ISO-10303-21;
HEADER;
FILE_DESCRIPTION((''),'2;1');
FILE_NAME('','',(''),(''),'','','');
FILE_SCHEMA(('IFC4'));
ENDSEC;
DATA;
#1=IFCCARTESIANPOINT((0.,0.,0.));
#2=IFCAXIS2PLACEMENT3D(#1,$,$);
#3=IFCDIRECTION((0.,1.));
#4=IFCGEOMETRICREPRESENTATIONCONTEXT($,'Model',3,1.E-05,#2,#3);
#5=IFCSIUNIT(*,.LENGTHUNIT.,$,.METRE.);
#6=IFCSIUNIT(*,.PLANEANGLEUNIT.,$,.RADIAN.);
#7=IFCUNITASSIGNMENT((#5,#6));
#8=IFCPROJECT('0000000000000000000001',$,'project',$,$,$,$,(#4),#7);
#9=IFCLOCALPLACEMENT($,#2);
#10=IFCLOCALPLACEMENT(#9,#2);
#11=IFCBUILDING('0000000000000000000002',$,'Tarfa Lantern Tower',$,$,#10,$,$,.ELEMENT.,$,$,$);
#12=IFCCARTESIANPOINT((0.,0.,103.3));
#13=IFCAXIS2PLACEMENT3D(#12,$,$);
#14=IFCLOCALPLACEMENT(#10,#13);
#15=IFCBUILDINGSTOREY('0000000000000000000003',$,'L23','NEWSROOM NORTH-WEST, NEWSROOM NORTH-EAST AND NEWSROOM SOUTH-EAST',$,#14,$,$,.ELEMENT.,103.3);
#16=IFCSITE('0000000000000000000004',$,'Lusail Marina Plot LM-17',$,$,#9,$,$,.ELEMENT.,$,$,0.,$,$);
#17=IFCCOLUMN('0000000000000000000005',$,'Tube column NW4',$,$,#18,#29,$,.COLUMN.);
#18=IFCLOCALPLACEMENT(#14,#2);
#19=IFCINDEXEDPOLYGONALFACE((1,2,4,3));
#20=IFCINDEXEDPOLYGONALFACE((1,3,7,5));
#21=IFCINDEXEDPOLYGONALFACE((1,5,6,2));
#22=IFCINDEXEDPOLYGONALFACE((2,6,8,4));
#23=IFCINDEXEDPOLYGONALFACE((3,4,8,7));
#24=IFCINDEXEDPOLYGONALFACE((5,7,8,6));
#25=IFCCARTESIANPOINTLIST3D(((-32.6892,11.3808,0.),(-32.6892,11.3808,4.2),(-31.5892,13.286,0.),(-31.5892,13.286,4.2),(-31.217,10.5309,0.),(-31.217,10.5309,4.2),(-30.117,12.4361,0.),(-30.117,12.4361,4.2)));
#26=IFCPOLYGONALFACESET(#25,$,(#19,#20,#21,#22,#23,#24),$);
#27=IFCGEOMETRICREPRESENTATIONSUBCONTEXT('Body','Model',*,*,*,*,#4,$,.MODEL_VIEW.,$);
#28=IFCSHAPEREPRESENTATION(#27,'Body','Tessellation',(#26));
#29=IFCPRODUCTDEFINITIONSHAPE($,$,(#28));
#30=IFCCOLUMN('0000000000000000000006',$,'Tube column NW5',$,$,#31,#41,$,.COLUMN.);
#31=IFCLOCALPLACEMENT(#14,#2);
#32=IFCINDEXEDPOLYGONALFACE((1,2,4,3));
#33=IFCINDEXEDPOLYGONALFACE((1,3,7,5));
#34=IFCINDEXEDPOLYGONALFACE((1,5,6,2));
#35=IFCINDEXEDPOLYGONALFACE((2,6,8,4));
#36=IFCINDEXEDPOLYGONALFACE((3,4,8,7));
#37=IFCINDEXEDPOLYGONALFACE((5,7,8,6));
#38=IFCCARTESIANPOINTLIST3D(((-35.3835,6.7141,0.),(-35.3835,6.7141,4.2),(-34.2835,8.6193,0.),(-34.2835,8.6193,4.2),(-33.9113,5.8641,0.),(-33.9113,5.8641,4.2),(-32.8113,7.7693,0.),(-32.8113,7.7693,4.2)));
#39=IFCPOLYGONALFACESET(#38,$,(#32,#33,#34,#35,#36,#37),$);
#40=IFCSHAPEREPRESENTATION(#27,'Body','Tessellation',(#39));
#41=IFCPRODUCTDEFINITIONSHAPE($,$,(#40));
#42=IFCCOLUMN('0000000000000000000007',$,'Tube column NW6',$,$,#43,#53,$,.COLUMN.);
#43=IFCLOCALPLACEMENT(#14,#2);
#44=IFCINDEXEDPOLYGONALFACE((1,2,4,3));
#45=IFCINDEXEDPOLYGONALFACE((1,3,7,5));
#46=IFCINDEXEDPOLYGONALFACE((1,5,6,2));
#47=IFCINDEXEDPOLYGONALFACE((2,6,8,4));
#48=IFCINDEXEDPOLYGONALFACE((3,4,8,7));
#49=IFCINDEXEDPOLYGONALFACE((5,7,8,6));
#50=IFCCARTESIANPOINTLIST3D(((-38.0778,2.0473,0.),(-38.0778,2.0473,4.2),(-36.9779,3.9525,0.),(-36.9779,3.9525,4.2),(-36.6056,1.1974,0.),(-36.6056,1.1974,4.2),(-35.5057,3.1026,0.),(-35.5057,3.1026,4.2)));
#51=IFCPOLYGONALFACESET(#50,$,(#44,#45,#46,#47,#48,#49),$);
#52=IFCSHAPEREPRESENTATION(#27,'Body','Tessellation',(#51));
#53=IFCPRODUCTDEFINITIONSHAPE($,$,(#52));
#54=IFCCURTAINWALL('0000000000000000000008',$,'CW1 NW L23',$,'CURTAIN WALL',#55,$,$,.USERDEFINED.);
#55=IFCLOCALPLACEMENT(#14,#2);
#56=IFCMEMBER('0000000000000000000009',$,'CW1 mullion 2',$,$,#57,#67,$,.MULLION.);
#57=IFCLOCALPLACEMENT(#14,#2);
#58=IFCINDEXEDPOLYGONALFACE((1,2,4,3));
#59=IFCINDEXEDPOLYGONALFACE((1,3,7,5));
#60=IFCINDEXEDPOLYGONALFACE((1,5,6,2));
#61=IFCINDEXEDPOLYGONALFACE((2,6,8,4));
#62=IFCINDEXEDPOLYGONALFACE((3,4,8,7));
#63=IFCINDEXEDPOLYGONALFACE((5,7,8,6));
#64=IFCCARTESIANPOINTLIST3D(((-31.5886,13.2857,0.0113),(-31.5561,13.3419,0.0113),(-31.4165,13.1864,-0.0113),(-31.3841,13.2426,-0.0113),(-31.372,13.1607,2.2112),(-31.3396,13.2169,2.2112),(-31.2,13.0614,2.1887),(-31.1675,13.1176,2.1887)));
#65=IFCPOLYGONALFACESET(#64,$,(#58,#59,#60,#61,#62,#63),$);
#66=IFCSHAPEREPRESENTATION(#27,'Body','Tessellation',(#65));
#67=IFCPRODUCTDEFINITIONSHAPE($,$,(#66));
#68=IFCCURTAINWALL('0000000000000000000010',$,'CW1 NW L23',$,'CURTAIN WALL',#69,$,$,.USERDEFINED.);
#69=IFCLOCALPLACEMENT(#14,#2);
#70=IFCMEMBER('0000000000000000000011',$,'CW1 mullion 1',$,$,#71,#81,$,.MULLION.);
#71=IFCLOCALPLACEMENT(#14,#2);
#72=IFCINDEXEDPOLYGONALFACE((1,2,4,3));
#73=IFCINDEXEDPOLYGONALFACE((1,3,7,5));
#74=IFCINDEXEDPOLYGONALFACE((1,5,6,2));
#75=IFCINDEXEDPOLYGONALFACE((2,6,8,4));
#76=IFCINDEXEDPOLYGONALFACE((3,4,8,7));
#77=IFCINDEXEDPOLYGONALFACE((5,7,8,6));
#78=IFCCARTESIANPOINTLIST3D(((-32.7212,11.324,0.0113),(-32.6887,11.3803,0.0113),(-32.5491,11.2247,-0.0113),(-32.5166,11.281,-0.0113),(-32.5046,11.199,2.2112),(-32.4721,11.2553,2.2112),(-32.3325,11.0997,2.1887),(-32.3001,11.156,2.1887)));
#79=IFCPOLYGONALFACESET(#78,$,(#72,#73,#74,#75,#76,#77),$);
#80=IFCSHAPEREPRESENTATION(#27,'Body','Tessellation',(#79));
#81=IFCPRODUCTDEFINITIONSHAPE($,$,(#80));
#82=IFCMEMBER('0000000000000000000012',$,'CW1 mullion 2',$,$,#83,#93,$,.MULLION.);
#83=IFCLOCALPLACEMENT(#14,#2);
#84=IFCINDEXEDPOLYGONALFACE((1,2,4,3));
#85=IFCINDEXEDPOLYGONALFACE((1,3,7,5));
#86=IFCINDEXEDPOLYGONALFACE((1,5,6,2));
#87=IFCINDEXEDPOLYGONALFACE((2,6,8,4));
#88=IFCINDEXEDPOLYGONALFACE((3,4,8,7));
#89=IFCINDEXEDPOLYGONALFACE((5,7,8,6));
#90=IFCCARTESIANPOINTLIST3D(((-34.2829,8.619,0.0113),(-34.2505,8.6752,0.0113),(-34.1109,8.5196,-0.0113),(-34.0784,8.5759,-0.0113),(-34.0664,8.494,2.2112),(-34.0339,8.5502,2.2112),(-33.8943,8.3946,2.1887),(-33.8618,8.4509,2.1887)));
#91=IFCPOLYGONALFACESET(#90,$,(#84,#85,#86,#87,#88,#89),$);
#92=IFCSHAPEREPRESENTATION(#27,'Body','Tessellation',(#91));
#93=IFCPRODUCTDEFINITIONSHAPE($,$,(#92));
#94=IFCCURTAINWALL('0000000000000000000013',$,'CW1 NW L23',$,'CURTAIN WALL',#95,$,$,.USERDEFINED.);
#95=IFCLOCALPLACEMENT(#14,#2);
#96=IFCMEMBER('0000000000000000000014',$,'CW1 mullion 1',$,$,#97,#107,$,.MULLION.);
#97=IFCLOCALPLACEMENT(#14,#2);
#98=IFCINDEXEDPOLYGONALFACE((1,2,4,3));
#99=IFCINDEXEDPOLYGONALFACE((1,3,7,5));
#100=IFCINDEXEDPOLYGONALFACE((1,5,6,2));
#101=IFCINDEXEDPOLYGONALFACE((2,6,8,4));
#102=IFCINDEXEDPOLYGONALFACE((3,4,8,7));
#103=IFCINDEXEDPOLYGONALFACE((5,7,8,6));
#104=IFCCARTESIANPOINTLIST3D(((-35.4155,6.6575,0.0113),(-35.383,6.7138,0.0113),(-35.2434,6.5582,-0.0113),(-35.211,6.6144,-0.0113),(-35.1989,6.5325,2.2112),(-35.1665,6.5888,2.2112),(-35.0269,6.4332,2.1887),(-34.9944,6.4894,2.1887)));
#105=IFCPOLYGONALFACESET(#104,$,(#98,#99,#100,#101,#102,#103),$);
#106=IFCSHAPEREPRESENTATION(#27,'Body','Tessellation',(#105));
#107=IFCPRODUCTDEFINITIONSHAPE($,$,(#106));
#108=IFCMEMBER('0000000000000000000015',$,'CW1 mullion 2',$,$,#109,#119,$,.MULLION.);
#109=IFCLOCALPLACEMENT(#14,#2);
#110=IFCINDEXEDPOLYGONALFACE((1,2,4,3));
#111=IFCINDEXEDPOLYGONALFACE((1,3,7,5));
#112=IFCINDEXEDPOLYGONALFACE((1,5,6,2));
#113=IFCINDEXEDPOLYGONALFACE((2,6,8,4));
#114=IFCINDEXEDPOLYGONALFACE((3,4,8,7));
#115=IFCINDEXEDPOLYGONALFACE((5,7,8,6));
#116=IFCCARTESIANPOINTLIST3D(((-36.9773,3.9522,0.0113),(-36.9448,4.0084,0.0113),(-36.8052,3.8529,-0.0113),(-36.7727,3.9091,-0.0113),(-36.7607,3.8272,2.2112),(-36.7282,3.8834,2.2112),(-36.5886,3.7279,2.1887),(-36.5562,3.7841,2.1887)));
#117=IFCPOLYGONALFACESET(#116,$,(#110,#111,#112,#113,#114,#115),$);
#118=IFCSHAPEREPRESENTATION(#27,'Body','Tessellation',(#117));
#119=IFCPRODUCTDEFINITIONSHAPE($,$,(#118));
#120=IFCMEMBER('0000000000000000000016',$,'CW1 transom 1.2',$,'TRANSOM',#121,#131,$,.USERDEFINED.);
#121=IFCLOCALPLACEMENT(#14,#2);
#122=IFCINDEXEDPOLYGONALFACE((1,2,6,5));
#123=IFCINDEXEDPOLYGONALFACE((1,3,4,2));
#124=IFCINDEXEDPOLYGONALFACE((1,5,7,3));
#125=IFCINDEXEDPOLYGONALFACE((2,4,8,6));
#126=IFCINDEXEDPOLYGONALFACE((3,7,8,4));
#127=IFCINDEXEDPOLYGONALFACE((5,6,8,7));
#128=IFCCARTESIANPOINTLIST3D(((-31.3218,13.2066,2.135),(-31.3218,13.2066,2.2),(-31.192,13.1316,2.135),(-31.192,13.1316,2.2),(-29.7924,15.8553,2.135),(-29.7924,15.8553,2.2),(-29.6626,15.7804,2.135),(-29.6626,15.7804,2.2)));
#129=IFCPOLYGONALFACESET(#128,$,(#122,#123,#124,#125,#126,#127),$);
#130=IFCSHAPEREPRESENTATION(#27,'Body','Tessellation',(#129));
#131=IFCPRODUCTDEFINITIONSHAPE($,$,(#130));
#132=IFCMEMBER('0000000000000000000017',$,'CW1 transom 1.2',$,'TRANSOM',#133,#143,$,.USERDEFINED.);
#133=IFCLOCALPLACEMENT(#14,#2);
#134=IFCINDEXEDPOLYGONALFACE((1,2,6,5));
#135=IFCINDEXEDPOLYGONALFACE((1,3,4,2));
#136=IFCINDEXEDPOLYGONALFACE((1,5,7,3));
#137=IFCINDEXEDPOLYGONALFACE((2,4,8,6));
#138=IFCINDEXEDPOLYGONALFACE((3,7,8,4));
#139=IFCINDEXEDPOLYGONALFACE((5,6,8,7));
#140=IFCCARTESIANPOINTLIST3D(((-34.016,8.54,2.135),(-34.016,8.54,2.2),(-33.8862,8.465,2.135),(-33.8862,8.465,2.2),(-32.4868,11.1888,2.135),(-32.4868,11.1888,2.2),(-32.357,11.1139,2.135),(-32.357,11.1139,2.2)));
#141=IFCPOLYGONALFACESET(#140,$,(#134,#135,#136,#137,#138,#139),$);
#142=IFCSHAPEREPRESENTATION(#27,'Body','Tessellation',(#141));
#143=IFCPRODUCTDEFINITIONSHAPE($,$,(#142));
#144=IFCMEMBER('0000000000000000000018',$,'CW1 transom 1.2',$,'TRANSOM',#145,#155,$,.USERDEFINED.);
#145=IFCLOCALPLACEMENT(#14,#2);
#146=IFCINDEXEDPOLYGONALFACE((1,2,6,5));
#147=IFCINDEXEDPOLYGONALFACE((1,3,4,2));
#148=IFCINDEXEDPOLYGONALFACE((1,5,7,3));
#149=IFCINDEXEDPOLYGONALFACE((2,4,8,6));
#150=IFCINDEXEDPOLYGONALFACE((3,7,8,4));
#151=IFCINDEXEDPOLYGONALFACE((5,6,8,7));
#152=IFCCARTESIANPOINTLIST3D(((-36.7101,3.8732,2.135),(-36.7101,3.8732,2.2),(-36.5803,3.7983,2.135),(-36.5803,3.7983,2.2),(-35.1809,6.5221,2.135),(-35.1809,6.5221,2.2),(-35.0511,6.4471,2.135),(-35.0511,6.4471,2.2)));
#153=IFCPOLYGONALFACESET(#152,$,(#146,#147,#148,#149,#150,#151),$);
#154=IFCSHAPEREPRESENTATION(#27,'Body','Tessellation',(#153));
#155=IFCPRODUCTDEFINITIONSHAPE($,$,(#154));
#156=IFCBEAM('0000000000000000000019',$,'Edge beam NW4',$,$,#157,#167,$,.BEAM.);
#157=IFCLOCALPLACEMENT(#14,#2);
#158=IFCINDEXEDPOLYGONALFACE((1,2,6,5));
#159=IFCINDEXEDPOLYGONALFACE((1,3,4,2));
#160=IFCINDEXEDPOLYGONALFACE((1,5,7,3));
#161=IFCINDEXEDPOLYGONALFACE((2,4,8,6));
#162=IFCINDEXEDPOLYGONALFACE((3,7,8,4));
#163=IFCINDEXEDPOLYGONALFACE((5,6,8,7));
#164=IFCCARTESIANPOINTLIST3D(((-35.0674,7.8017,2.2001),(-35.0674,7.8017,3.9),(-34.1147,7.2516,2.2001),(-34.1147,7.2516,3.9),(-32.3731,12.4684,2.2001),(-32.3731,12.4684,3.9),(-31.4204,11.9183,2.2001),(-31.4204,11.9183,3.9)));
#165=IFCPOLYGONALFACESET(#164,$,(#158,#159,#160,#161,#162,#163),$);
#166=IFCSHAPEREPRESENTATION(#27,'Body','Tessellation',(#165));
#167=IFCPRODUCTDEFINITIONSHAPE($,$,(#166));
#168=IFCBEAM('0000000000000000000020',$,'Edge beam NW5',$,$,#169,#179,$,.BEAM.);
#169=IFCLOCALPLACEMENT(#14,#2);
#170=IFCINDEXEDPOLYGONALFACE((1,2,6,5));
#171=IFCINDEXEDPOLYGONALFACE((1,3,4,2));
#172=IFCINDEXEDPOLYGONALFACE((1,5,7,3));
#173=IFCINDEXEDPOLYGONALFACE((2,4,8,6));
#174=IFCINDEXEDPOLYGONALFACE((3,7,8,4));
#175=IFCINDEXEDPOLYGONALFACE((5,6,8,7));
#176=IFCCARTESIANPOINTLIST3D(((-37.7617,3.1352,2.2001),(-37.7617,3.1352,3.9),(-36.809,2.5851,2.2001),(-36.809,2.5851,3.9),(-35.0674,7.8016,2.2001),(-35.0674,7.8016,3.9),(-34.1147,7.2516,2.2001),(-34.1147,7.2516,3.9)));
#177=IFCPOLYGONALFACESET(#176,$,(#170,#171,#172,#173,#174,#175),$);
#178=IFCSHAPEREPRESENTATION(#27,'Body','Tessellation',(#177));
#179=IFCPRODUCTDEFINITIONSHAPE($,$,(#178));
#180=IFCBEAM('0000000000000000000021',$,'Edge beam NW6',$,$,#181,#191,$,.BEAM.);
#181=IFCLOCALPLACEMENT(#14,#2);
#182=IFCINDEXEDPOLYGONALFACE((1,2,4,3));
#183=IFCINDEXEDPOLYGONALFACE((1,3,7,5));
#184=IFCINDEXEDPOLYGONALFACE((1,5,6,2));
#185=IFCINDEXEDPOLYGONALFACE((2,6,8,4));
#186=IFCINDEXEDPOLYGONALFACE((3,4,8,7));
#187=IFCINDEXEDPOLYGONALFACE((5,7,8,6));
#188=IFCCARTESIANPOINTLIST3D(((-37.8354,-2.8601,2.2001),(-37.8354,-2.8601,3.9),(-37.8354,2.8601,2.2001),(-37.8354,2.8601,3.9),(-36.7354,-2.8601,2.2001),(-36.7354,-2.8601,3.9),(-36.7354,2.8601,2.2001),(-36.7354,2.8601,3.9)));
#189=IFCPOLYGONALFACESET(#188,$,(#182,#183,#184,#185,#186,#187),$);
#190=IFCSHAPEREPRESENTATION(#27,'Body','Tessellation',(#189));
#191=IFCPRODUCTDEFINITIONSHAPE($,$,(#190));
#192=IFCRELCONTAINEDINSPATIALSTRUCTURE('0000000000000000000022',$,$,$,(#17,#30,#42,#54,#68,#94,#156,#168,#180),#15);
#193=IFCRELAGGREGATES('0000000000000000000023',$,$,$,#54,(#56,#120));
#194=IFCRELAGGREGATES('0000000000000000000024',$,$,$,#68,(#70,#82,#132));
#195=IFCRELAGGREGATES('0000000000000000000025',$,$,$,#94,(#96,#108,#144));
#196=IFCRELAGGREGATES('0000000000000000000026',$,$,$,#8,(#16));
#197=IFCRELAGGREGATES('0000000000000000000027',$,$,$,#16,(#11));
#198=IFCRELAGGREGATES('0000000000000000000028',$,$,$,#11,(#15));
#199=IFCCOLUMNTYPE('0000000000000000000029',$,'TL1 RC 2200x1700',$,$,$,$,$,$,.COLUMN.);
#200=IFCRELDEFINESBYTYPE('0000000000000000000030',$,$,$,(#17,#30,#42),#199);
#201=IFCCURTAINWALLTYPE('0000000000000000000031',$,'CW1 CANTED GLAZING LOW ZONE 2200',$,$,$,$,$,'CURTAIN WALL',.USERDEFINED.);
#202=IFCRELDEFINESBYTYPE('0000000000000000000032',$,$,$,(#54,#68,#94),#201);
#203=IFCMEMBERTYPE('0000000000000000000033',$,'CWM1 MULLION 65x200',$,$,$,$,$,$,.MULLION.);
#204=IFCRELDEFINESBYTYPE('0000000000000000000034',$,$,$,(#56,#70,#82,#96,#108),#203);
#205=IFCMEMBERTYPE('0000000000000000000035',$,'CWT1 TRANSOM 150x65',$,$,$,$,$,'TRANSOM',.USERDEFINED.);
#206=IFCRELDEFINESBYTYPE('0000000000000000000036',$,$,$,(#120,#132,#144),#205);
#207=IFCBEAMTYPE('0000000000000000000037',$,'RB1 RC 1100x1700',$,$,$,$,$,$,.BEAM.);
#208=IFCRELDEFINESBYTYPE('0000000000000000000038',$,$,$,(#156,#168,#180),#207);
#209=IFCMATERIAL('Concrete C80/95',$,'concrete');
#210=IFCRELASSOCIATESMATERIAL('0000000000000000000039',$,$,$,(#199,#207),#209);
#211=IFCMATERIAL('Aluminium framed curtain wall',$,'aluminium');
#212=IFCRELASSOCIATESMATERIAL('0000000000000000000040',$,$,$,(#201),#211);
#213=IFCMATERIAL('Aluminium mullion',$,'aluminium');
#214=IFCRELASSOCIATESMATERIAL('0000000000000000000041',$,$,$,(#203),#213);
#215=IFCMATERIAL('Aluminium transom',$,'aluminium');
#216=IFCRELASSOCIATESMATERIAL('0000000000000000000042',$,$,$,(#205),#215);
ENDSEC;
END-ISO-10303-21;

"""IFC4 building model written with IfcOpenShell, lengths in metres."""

from ifc_helpers import new_model, si_unit, direction, frame, origin, origin_2d, place, context, subcontext, project, spatial, rectangle, extrude, material, material_profile, profile_set, type_object, element, aggregate, save


model = new_model("IFC4")

# Units and contexts
model_context = context("Model", 3, precision=1e-05, world=origin(), true_north=direction((0.0, 1.0)))
body_context = subcontext(model_context, "Body", "Model", "MODEL_VIEW")
ifc_project = project(units=[si_unit("LENGTHUNIT", "METRE"), si_unit("PLANEANGLEUNIT", "RADIAN")], contexts=[model_context])

# Site, building, storey
site_placement = place(None, origin())
site = spatial("IfcSite", under=ifc_project, at=site_placement, Name="Lusail Marina Plot LM-17", CompositionType="ELEMENT", RefElevation=0.0)
building_placement = place(site_placement, origin())
building = spatial("IfcBuilding", under=site, at=building_placement, Name="Tarfa Lantern Tower", CompositionType="ELEMENT")
storey_placement = place(building_placement, frame((0.0, 0.0, 103.3)))
storey = spatial("IfcBuildingStorey", under=building, at=storey_placement, Name="L23", Description="NEWSROOM NORTH-WEST, NEWSROOM NORTH-EAST AND NEWSROOM SOUTH-EAST", CompositionType="ELEMENT", Elevation=103.3)

# Columns
ifc_material_1 = material(Name="Concrete C80/95", Category="concrete")
ifc_material_profile_1 = material_profile(ifc_material_1, rectangle(XDim=2.2, YDim=1.7, at=origin_2d()), Name="RC 2200x1700")
ifc_profile_set_1 = profile_set([ifc_material_profile_1], Name="Concrete C80/95")
column_type = type_object("IfcColumnType", Name="TL1 RC 2200x1700", PredefinedType="COLUMN", material=ifc_profile_set_1)
for number, where, z_axis, x_axis, name in (
    (1, (-31.4031, 11.9084, 0.0), (0.0, 0.0, 1.0), (-0.5, -0.866025, 0.0), "Tube column NW4"),
    (2, (-34.0974, 7.2417, 0.0), (0.0, 0.0, 1.0), (-0.5, -0.866025, 0.0), "Tube column NW5"),
    (3, (-36.7917, 2.575, 0.0), (0.0, 0.0, 1.0), (-0.5, -0.866025, 0.0), "Tube column NW6"),
):
    element("IfcColumn", number, at=place(storey_placement, frame(where, z_axis=z_axis, x_axis=x_axis)), inside=storey, type_object=column_type, Name=name, PredefinedType="COLUMN", context=body_context, shape_type="SweptSolid", body=[
        extrude(rectangle(XDim=2.2, YDim=1.7, at=origin_2d()), origin(), (0.0, 0.0, 1.0), 4.2),
    ])

# Curtain wall, member
ifc_material_2 = material(Name="Aluminium framed curtain wall", Category="aluminium")
curtain_wall_type = type_object("IfcCurtainWallType", Name="CW1 CANTED GLAZING LOW ZONE 2200", ElementType="CURTAIN WALL", PredefinedType="USERDEFINED", material=ifc_material_2)
curtain_wall_1_placement = place(storey_placement, origin())
curtain_wall_1 = element("IfcCurtainWall", 4, at=curtain_wall_1_placement, inside=storey, type_object=curtain_wall_type, Name="CW1 NW L23", ObjectType="CURTAIN WALL", PredefinedType="USERDEFINED")
ifc_material_3 = material(Name="Aluminium mullion", Category="aluminium")
ifc_material_profile_2 = material_profile(ifc_material_3, rectangle(XDim=0.0649, YDim=0.2, at=origin_2d()), Name="AL MULLION 65x200")
ifc_profile_set_2 = profile_set([ifc_material_profile_2], Name="Aluminium mullion")
member_type_1 = type_object("IfcMemberType", Name="CWM1 MULLION 65x200", PredefinedType="MULLION", material=ifc_profile_set_2)
member_1_placement = place(storey_placement, frame((-31.4863, 13.2642, 0.0), z_axis=(0.097806, -0.056456, 0.993603), x_axis=(0.49992, 0.866072, 0.0)))
member_1 = element("IfcMember", 5, at=member_1_placement, type_object=member_type_1, Name="CW1 mullion 2", PredefinedType="MULLION", context=body_context, shape_type="SweptSolid", body=[
    extrude(rectangle(XDim=0.0649, YDim=0.2, at=origin_2d()), origin(), (0.0, 0.0, 1.0), 2.2141),
])

# Curtain walls, members
curtain_wall_2_placement = place(storey_placement, origin())
curtain_wall_2 = element("IfcCurtainWall", 6, at=curtain_wall_2_placement, inside=storey, type_object=curtain_wall_type, Name="CW1 NW L23", ObjectType="CURTAIN WALL", PredefinedType="USERDEFINED")
member_2_placement = place(storey_placement, frame((-32.6189, 11.3025, 0.0), z_axis=(0.097806, -0.056456, 0.993603), x_axis=(0.49992, 0.866072, 0.0)))
member_2 = element("IfcMember", 7, at=member_2_placement, type_object=member_type_1, Name="CW1 mullion 1", PredefinedType="MULLION", context=body_context, shape_type="SweptSolid", body=[
    extrude(rectangle(XDim=0.0649, YDim=0.2, at=origin_2d()), origin(), (0.0, 0.0, 1.0), 2.2141),
])
member_3_placement = place(storey_placement, frame((-34.1807, 8.5974, 0.0), z_axis=(0.097806, -0.056456, 0.993603), x_axis=(0.49992, 0.866072, 0.0)))
member_3 = element("IfcMember", 8, at=member_3_placement, type_object=member_type_1, Name="CW1 mullion 2", PredefinedType="MULLION", context=body_context, shape_type="SweptSolid", body=[
    extrude(rectangle(XDim=0.0649, YDim=0.2, at=origin_2d()), origin(), (0.0, 0.0, 1.0), 2.2141),
])
curtain_wall_3_placement = place(storey_placement, origin())
curtain_wall_3 = element("IfcCurtainWall", 9, at=curtain_wall_3_placement, inside=storey, type_object=curtain_wall_type, Name="CW1 NW L23", ObjectType="CURTAIN WALL", PredefinedType="USERDEFINED")
member_4_placement = place(storey_placement, frame((-35.3132, 6.636, 0.0), z_axis=(0.097806, -0.056456, 0.993603), x_axis=(0.49992, 0.866072, 0.0)))
member_4 = element("IfcMember", 10, at=member_4_placement, type_object=member_type_1, Name="CW1 mullion 1", PredefinedType="MULLION", context=body_context, shape_type="SweptSolid", body=[
    extrude(rectangle(XDim=0.0649, YDim=0.2, at=origin_2d()), origin(), (0.0, 0.0, 1.0), 2.2141),
])
member_5_placement = place(storey_placement, frame((-36.875, 3.9307, 0.0), z_axis=(0.097806, -0.056456, 0.993603), x_axis=(0.49992, 0.866072, 0.0)))
member_5 = element("IfcMember", 11, at=member_5_placement, type_object=member_type_1, Name="CW1 mullion 2", PredefinedType="MULLION", context=body_context, shape_type="SweptSolid", body=[
    extrude(rectangle(XDim=0.0649, YDim=0.2, at=origin_2d()), origin(), (0.0, 0.0, 1.0), 2.2141),
])

# Members
ifc_material_4 = material(Name="Aluminium transom", Category="aluminium")
ifc_material_profile_3 = material_profile(ifc_material_4, rectangle(XDim=0.1499, YDim=0.0649, at=origin_2d()), Name="AL TRANSOM 150x65")
ifc_profile_set_3 = profile_set([ifc_material_profile_3], Name="Aluminium transom")
member_type_2 = type_object("IfcMemberType", Name="CWT1 TRANSOM 150x65", ElementType="TRANSOM", PredefinedType="USERDEFINED", material=ifc_profile_set_3)
member_6_placement = place(storey_placement, frame((-29.7275, 15.8179, 2.1675), z_axis=(-0.50002, -0.866014, 0.0), x_axis=(0.866014, -0.50002, 0.0)))
member_6 = element("IfcMember", 12, at=member_6_placement, type_object=member_type_2, Name="CW1 transom 1.2", ObjectType="TRANSOM", PredefinedType="USERDEFINED", context=body_context, shape_type="SweptSolid", body=[
    extrude(rectangle(XDim=0.1499, YDim=0.0649, at=origin_2d()), origin(), (0.0, 0.0, 1.0), 3.0586),
])
member_7_placement = place(storey_placement, frame((-32.4219, 11.1514, 2.1675), z_axis=(-0.499985, -0.866034, 0.0), x_axis=(0.866034, -0.499985, 0.0)))
member_7 = element("IfcMember", 13, at=member_7_placement, type_object=member_type_2, Name="CW1 transom 1.2", ObjectType="TRANSOM", PredefinedType="USERDEFINED", context=body_context, shape_type="SweptSolid", body=[
    extrude(rectangle(XDim=0.1499, YDim=0.0649, at=origin_2d()), origin(), (0.0, 0.0, 1.0), 3.0586),
])
member_8_placement = place(storey_placement, frame((-35.116, 6.4846, 2.1675), z_axis=(-0.499985, -0.866034, 0.0), x_axis=(0.866034, -0.499985, 0.0)))
member_8 = element("IfcMember", 14, at=member_8_placement, type_object=member_type_2, Name="CW1 transom 1.2", ObjectType="TRANSOM", PredefinedType="USERDEFINED", context=body_context, shape_type="SweptSolid", body=[
    extrude(rectangle(XDim=0.1499, YDim=0.0649, at=origin_2d()), origin(), (0.0, 0.0, 1.0), 3.0586),
])

# Beams
ifc_material_profile_4 = material_profile(ifc_material_1, rectangle(XDim=1.1001, YDim=1.7, at=origin_2d()), Name="RC 1100x1700")
ifc_profile_set_4 = profile_set([ifc_material_profile_4], Name="Concrete C80/95")
beam_type_1 = type_object("IfcBeamType", Name="RB1 RC 1100x1700", PredefinedType="BEAM", material=ifc_profile_set_4)
beam_1_placement = place(storey_placement, frame((-31.8967, 12.1934, 3.05), z_axis=(-0.499998, -0.866026, 0.0), x_axis=(0.866026, -0.499998, 0.0)))
element("IfcBeam", 15, at=beam_1_placement, inside=storey, type_object=beam_type_1, Name="Edge beam NW4", PredefinedType="BEAM", context=body_context, shape_type="SweptSolid", body=[
    extrude(rectangle(XDim=1.1001, YDim=1.7, at=origin_2d()), origin(), (0.0, 0.0, 1.0), 5.3887),
])
beam_2_placement = place(storey_placement, frame((-34.5911, 7.5266, 3.05), z_axis=(-0.500018, -0.866015, 0.0), x_axis=(0.866015, -0.500018, 0.0)))
element("IfcBeam", 16, at=beam_2_placement, inside=storey, type_object=beam_type_1, Name="Edge beam NW5", PredefinedType="BEAM", context=body_context, shape_type="SweptSolid", body=[
    extrude(rectangle(XDim=1.1001, YDim=1.7, at=origin_2d()), origin(), (0.0, 0.0, 1.0), 5.3884),
])
beam_3_placement = place(storey_placement, frame((-37.2854, 2.8601, 3.05), z_axis=(0.0, -1.0, 0.0), x_axis=(1.0, 0.0, 0.0)))
element("IfcBeam", 17, at=beam_3_placement, inside=storey, type_object=beam_type_1, Name="Edge beam NW6", PredefinedType="BEAM", context=body_context, shape_type="SweptSolid", body=[
    extrude(rectangle(XDim=1.1001, YDim=1.7, at=origin_2d()), origin(), (0.0, 0.0, 1.0), 5.7202),
])

aggregate(curtain_wall_1, [member_1, member_6])
aggregate(curtain_wall_2, [member_2, member_3, member_7])
aggregate(curtain_wall_3, [member_4, member_5, member_8])

save(model, "model.ifc")
